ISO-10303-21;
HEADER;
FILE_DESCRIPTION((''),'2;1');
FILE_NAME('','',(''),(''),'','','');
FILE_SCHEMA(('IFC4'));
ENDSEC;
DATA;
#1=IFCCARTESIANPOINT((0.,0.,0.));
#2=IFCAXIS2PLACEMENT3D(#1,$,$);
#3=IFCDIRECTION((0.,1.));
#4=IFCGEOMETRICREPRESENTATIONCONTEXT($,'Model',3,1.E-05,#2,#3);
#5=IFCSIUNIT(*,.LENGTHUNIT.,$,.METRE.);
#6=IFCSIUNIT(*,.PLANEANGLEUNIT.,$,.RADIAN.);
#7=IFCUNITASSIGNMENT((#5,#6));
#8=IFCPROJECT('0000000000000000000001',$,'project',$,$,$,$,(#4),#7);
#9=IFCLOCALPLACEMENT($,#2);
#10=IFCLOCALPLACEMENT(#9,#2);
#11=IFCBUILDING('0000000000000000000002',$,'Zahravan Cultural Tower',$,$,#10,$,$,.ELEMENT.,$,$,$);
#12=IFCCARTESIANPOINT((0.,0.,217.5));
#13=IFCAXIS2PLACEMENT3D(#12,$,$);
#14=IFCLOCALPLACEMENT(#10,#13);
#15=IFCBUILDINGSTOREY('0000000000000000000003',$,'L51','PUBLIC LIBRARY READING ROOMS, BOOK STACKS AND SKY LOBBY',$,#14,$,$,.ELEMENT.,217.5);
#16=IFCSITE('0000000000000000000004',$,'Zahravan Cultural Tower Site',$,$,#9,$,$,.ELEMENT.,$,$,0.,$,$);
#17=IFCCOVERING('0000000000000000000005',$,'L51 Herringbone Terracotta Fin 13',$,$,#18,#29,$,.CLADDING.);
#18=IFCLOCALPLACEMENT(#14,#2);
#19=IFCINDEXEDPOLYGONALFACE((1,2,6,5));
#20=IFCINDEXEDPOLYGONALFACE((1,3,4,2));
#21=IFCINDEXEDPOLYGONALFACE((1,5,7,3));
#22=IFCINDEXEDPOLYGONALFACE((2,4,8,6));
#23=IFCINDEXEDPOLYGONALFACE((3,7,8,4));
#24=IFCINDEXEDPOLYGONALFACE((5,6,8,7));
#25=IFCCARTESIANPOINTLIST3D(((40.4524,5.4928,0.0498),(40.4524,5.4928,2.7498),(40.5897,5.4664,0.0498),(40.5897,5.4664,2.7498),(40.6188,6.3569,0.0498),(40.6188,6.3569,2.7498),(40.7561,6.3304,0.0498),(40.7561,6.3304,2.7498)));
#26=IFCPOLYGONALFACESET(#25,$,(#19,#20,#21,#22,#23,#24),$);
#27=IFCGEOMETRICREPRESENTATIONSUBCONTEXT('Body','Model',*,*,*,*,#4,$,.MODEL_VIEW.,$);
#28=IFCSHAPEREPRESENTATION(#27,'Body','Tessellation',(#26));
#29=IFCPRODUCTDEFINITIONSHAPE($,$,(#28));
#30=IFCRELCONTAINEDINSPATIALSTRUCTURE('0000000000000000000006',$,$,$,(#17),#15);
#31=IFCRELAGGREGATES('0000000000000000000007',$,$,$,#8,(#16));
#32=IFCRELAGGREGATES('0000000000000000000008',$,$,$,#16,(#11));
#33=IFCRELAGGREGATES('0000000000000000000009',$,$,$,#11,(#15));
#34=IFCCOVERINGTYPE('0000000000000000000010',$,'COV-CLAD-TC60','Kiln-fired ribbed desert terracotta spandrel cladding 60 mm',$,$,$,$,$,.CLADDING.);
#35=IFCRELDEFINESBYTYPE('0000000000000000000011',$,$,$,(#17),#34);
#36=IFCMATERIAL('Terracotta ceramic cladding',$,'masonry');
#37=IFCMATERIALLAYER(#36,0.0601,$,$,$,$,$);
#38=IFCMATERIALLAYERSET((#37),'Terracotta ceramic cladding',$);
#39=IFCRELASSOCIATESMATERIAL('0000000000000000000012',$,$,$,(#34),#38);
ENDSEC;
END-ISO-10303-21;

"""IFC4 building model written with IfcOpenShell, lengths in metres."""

from ifc_helpers import new_model, si_unit, direction, frame, origin, origin_2d, place, context, subcontext, project, spatial, rectangle, extrude, source, transform, mapped, material, layer, layer_set, type_object, element, save


model = new_model("IFC4")

# Units and contexts
model_context = context("Model", 3, precision=1e-05, world=origin(), true_north=direction((0.0, 1.0)))
body_context = subcontext(model_context, "Body", "Model", "MODEL_VIEW")
ifc_project = project(units=[si_unit("LENGTHUNIT", "METRE"), si_unit("PLANEANGLEUNIT", "RADIAN")], contexts=[model_context])

# Site, building, storey
site_placement = place(None, origin())
site = spatial("IfcSite", under=ifc_project, at=site_placement, Name="Zahravan Cultural Tower Site", CompositionType="ELEMENT", RefElevation=0.0)
building_placement = place(site_placement, origin())
building = spatial("IfcBuilding", under=site, at=building_placement, Name="Zahravan Cultural Tower", CompositionType="ELEMENT")
storey_placement = place(building_placement, frame((0.0, 0.0, 217.5)))
storey = spatial("IfcBuildingStorey", under=building, at=storey_placement, Name="L51", Description="PUBLIC LIBRARY READING ROOMS, BOOK STACKS AND SKY LOBBY", CompositionType="ELEMENT", Elevation=217.5)

# Covering
ifc_material_1 = material(Name="Terracotta ceramic cladding", Category="masonry")
ifc_layer_1 = layer(ifc_material_1, 0.0601)
ifc_layer_set_1 = layer_set([ifc_layer_1], Name="Terracotta ceramic cladding")
covering_type = type_object("IfcCoveringType", Name="COV-CLAD-TC60", Description="Kiln-fired ribbed desert terracotta spandrel cladding 60 mm", PredefinedType="CLADDING", material=ifc_layer_set_1)
shared_shape_1 = source(origin(), body_context, "Body", "SweptSolid", [
    extrude(rectangle(XDim=0.8799, YDim=0.1399, at=origin_2d()), origin(), (0.0, 0.0, 1.0), 2.7),
])
for number, where, z_axis, x_axis, name in (
    (1, (40.6042, 5.9116, 0.0498), (0.0, 0.0, 1.0), (-0.189095, -0.981959, 0.0), "L51 Herringbone Terracotta Fin 13"),
):
    element("IfcCovering", number, at=place(storey_placement, frame(where, z_axis=z_axis, x_axis=x_axis)), inside=storey, type_object=covering_type, Name=name, PredefinedType="CLADDING", context=body_context, shape_type="MappedRepresentation", body=[
        mapped(shared_shape_1, transform((0.0, 0.0, 0.0), x_axis=(1.0, 0.0, 0.0), y_axis=(0.0, 1.0, 0.0), z_axis=(0.0, 0.0, 1.0), scale=1.0)),
    ])

save(model, "model.ifc")
